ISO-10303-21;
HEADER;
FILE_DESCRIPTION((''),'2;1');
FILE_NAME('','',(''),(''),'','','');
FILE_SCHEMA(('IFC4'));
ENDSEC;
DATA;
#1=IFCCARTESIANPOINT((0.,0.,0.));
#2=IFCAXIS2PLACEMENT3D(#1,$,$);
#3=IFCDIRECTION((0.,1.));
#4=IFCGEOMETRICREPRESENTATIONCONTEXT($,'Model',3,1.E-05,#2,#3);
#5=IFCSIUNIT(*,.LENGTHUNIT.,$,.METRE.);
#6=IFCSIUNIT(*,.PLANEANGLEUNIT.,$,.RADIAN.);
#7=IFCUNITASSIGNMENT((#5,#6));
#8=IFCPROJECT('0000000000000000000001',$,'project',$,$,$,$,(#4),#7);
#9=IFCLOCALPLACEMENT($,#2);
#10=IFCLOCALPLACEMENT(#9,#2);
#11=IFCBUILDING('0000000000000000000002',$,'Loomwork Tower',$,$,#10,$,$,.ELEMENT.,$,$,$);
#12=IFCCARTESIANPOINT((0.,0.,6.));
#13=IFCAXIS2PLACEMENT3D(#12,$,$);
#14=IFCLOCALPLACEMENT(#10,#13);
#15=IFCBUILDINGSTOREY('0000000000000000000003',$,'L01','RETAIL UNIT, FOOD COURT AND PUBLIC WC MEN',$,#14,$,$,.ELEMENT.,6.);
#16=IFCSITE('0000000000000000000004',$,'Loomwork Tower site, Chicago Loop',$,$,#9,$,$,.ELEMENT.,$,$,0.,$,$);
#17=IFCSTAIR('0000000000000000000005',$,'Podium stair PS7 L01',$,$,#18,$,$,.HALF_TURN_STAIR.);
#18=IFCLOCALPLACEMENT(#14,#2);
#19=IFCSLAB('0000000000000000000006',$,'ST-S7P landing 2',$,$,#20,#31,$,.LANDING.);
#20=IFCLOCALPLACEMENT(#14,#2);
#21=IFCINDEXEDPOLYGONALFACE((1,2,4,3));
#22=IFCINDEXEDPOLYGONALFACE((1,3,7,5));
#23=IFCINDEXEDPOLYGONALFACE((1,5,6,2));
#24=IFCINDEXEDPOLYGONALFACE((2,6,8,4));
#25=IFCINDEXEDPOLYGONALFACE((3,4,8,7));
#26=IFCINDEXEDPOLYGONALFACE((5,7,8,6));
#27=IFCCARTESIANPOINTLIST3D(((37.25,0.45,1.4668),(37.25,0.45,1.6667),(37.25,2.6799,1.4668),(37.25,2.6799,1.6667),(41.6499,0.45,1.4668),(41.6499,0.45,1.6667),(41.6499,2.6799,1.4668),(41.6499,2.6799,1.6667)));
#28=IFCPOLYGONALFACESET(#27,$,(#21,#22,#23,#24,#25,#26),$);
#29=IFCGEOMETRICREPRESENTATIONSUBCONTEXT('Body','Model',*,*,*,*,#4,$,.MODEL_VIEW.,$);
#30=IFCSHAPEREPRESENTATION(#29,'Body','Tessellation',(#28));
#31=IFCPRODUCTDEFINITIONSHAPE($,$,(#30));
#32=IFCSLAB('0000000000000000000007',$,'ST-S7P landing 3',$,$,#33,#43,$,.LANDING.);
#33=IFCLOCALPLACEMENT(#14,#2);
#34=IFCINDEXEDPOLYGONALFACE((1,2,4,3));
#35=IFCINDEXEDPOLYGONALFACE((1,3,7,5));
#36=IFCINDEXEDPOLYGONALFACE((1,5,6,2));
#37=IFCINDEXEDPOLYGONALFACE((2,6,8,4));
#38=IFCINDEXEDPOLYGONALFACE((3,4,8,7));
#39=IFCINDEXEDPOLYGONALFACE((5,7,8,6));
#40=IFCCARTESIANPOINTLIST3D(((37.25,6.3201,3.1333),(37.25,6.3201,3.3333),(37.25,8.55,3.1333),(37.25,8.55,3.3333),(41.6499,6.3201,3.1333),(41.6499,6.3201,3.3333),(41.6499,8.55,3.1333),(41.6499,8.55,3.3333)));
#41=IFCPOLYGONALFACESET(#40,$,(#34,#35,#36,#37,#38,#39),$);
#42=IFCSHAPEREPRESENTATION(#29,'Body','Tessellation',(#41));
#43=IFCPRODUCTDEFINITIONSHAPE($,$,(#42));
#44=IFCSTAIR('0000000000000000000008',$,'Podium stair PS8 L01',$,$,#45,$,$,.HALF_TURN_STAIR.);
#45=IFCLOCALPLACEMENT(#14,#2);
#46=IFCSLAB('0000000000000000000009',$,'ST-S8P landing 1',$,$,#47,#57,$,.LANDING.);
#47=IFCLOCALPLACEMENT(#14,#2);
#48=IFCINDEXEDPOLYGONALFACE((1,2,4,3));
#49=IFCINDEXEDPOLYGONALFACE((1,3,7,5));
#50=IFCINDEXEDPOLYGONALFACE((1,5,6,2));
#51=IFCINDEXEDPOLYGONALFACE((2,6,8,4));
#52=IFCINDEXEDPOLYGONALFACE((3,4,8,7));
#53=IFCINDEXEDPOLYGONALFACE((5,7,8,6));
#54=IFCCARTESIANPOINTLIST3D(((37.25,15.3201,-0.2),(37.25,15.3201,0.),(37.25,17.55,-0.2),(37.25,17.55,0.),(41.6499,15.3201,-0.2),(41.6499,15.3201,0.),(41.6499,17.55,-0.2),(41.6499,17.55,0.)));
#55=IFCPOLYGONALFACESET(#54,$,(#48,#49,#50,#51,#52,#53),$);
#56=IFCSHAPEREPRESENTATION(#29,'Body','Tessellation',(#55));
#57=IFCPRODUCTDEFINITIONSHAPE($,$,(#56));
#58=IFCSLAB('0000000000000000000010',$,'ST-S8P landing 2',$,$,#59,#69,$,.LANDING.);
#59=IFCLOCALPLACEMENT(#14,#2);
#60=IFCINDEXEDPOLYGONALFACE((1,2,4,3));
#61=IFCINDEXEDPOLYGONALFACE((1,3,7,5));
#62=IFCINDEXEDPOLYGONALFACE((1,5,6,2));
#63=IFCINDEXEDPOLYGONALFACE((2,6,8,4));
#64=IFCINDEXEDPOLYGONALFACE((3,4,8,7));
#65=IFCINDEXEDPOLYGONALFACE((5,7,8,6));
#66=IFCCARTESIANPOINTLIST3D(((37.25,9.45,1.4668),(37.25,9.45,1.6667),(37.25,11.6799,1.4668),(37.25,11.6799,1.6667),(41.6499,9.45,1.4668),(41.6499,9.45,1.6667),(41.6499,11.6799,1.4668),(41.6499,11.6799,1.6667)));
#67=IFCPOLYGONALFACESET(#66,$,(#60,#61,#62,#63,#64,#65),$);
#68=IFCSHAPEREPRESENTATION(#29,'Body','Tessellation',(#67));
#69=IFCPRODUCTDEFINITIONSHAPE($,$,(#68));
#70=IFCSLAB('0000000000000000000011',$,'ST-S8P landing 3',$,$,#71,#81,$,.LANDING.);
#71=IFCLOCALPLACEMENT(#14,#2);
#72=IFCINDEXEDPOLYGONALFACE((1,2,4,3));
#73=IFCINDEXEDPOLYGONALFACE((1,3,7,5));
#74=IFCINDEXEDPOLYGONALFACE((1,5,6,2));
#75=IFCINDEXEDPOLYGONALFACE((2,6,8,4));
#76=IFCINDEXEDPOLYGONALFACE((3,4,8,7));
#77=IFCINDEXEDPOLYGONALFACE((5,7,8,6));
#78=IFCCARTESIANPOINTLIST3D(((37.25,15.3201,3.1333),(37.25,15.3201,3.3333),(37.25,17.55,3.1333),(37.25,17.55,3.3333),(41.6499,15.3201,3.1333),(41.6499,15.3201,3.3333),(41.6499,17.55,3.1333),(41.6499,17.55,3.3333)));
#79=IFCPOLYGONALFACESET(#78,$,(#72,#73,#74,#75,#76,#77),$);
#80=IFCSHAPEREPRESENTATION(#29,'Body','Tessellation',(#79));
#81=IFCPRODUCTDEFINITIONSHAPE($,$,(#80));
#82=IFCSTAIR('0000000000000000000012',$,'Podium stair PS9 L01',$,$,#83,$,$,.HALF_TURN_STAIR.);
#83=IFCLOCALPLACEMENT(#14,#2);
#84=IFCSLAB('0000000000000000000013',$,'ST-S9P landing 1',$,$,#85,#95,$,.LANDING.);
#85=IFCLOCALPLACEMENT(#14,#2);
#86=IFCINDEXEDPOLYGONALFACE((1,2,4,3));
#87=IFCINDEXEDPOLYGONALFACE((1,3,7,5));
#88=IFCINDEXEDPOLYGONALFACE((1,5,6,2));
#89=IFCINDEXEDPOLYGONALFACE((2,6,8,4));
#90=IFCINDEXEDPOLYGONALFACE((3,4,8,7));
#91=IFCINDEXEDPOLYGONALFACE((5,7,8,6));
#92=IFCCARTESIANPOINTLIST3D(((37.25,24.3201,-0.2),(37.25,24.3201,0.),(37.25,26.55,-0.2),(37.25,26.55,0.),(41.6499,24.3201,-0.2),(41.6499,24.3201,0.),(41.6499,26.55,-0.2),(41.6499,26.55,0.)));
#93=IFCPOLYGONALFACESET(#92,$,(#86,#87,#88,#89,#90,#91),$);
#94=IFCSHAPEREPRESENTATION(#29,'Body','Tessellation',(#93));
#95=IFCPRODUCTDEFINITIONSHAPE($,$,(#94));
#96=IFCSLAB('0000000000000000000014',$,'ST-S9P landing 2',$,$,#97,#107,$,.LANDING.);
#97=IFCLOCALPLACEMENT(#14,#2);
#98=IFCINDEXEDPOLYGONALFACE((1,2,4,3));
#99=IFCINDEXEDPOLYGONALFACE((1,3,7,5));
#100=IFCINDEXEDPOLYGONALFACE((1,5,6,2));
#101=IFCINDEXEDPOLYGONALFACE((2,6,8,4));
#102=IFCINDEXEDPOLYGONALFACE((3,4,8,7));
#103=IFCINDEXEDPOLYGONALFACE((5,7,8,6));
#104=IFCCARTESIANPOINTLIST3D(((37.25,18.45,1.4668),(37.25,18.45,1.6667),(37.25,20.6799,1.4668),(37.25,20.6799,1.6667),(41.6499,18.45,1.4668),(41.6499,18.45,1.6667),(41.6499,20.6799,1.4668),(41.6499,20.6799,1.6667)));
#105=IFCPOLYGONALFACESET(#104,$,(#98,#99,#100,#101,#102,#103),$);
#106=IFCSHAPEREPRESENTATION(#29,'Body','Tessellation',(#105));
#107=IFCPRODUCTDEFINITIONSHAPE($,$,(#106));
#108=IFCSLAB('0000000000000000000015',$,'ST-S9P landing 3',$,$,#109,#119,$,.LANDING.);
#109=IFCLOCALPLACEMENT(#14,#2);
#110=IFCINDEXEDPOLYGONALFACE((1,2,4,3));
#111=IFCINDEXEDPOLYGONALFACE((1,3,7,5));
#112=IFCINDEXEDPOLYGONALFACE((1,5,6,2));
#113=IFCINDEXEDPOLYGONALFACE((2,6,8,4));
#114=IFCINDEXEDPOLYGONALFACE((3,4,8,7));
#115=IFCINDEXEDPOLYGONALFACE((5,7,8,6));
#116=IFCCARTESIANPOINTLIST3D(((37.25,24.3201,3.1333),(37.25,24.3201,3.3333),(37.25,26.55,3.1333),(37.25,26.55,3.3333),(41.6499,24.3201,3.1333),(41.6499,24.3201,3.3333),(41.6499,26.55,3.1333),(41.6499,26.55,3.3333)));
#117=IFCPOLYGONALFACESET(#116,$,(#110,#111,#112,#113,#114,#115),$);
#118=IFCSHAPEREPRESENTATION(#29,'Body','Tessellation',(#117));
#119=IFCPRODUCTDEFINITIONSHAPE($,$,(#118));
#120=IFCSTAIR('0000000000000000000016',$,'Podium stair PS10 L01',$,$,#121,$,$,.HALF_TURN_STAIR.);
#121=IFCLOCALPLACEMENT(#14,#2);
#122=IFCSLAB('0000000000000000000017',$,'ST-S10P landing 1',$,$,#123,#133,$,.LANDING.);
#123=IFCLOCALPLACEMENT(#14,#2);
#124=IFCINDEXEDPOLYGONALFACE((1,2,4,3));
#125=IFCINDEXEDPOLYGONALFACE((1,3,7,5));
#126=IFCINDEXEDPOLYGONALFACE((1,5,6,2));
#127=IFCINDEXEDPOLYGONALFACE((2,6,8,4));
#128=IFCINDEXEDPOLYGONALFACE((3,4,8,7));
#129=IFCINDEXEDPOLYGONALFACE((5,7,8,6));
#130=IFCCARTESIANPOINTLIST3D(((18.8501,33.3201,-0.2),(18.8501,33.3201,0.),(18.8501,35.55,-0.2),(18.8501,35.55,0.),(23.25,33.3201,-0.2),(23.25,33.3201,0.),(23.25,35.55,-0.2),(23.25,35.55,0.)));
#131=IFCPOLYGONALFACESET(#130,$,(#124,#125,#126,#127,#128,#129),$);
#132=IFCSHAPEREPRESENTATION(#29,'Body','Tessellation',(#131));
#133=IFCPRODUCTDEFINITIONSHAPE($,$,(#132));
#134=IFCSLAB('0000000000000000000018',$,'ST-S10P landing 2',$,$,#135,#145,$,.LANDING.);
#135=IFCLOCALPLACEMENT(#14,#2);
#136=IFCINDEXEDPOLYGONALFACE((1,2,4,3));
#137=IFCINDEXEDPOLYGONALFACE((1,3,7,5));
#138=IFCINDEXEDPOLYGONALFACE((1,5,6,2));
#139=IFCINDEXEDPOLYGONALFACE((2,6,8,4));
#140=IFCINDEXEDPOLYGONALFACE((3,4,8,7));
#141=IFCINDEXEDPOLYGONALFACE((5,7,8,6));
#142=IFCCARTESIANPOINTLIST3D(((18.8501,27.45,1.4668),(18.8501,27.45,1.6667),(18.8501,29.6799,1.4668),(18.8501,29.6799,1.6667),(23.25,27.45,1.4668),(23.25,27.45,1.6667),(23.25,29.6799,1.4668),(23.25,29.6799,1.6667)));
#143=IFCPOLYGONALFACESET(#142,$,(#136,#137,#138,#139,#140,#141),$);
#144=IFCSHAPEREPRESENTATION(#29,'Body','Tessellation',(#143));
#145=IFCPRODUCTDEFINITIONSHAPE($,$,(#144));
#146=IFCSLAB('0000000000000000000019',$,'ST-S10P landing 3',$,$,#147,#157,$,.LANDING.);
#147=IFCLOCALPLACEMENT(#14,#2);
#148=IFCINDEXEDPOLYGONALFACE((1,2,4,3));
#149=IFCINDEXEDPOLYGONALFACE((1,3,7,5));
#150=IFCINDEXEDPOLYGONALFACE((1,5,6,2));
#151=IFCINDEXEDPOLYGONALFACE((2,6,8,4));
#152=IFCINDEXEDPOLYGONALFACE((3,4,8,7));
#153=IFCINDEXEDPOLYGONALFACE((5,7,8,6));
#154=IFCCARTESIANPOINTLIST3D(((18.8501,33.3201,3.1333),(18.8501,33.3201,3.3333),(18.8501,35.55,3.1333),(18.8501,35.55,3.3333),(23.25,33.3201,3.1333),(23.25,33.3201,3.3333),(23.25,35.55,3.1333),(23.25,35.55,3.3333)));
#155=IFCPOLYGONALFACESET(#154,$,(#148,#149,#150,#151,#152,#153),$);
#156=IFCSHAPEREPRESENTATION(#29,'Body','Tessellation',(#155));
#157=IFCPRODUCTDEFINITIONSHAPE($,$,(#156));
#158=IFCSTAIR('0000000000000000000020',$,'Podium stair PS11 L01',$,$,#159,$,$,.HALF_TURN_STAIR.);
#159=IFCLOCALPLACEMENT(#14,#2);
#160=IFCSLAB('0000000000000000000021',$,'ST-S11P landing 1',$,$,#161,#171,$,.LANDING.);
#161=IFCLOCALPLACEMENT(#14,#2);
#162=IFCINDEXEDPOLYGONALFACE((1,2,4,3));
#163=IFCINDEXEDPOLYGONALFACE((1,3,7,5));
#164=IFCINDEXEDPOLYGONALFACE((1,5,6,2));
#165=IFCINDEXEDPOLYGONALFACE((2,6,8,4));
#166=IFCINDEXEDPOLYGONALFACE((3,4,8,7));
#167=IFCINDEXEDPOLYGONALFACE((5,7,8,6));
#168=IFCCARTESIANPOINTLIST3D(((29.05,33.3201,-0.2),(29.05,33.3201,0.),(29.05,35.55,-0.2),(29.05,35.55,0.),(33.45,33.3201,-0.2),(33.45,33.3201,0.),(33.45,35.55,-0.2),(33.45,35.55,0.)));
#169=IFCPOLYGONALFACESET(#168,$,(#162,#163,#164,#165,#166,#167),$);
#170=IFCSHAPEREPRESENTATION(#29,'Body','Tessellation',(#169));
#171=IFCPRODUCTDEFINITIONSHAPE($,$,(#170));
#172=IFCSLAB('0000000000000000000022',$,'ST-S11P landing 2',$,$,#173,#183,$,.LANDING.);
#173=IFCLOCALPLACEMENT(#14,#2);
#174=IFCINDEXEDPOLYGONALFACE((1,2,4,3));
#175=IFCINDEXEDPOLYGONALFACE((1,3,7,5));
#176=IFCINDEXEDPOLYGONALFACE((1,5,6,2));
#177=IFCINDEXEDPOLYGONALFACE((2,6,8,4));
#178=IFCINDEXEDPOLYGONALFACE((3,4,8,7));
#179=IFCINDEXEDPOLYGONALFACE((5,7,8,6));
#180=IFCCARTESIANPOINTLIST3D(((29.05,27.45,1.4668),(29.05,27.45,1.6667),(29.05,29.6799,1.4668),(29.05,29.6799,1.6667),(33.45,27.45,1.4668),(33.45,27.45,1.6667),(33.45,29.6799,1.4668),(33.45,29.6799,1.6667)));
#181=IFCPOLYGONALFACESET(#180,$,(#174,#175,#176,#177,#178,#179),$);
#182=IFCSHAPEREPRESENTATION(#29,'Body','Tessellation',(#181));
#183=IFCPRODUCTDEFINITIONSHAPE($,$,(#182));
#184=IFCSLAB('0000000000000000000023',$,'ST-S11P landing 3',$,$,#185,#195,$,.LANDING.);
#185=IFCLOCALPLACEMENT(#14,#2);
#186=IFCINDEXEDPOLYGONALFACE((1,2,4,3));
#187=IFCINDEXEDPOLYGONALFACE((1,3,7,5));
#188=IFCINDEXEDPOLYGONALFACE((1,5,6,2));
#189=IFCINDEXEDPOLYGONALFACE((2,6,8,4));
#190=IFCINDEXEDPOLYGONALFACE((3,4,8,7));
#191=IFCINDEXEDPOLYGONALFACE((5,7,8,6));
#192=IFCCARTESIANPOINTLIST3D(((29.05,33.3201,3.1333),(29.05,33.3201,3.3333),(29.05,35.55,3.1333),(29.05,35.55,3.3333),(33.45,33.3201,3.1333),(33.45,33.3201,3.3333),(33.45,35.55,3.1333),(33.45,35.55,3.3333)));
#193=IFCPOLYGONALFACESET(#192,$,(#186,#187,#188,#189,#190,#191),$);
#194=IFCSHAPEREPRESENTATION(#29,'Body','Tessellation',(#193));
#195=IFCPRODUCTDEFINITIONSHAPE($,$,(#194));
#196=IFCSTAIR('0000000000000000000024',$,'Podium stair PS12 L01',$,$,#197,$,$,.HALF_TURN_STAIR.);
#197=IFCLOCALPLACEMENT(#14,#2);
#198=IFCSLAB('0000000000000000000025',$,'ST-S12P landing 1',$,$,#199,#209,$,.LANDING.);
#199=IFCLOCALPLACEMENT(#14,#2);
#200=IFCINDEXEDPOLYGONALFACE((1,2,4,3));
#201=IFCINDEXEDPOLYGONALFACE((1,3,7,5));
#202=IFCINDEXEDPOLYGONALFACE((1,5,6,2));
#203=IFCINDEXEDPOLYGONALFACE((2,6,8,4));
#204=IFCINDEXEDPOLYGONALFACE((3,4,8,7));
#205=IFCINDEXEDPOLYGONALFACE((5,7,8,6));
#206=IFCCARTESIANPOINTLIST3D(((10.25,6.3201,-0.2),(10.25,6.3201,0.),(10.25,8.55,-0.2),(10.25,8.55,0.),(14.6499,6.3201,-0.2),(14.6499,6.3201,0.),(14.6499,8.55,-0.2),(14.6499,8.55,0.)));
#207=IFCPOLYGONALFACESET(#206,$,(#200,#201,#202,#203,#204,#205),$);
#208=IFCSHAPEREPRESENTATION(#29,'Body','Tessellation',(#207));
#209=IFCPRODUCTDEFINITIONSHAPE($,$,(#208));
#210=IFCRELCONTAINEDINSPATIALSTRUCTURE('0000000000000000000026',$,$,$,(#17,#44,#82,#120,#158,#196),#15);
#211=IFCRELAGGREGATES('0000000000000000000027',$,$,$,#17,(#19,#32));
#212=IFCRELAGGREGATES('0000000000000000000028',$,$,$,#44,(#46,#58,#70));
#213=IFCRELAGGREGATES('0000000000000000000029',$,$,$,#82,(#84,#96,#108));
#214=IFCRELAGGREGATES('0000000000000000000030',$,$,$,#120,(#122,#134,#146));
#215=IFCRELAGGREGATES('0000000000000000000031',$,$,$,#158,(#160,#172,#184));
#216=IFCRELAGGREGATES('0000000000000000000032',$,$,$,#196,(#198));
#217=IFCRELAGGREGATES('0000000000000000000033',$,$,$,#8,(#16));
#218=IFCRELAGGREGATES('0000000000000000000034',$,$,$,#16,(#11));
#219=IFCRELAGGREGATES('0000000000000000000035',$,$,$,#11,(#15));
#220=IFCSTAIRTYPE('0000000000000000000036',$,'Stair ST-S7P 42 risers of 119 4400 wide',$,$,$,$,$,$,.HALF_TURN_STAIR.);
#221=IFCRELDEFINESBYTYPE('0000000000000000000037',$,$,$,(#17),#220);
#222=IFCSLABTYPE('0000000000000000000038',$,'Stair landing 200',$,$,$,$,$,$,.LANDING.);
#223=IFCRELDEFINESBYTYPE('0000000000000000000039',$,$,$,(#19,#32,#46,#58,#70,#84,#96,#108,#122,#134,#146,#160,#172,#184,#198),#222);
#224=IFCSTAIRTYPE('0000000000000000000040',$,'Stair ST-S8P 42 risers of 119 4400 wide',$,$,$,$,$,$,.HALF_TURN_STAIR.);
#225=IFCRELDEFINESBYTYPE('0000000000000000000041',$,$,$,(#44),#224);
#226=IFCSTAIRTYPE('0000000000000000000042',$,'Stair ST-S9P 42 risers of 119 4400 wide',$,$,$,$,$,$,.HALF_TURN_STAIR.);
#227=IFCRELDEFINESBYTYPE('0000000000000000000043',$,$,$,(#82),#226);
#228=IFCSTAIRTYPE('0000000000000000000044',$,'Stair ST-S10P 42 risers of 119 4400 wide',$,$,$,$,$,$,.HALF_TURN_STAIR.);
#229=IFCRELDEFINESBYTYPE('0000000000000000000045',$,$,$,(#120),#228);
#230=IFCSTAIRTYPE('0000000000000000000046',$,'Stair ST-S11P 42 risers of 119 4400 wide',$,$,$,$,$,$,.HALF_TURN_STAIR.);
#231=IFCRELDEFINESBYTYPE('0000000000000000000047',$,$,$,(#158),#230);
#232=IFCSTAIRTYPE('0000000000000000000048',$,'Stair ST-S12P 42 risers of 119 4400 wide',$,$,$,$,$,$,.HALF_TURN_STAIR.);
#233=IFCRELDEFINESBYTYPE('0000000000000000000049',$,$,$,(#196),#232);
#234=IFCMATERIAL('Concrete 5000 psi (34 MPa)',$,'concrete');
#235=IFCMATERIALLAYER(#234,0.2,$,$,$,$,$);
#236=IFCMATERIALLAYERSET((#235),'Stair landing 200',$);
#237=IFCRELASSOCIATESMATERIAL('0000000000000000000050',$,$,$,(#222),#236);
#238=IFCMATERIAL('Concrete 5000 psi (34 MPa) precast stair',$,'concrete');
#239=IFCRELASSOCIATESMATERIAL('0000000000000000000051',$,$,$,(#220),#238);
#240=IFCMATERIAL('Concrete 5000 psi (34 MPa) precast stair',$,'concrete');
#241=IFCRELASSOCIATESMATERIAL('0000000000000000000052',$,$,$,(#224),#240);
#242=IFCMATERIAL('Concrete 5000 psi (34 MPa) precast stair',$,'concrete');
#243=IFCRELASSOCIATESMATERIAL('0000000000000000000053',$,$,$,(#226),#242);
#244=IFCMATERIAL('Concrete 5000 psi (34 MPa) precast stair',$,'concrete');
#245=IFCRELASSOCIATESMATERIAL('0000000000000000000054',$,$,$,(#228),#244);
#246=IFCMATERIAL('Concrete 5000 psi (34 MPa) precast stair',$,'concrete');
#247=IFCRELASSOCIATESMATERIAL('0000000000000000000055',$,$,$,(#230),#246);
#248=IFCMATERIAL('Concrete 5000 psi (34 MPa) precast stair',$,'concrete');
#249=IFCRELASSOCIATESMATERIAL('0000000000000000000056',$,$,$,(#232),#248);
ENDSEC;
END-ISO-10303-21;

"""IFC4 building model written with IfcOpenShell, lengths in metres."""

from ifc_helpers import new_model, si_unit, direction, frame, origin, place, context, subcontext, project, spatial, polyline, outline, extrude, material, layer, layer_set, type_object, element, aggregate, save


model = new_model("IFC4")

# Units and contexts
model_context = context("Model", 3, precision=1e-05, world=origin(), true_north=direction((0.0, 1.0)))
body_context = subcontext(model_context, "Body", "Model", "MODEL_VIEW")
ifc_project = project(units=[si_unit("LENGTHUNIT", "METRE"), si_unit("PLANEANGLEUNIT", "RADIAN")], contexts=[model_context])

# Site, building, storey
site_placement = place(None, origin())
site = spatial("IfcSite", under=ifc_project, at=site_placement, Name="Loomwork Tower site, Chicago Loop", CompositionType="ELEMENT", RefElevation=0.0)
building_placement = place(site_placement, origin())
building = spatial("IfcBuilding", under=site, at=building_placement, Name="Loomwork Tower", CompositionType="ELEMENT")
storey_placement = place(building_placement, frame((0.0, 0.0, 6.0)))
storey = spatial("IfcBuildingStorey", under=building, at=storey_placement, Name="L01", Description="RETAIL UNIT, FOOD COURT AND PUBLIC WC MEN", CompositionType="ELEMENT", Elevation=6.0)

# Stairs, slabs
ifc_material_1 = material(Name="Concrete 5000 psi (34 MPa)", Category="concrete")
ifc_layer_1 = layer(ifc_material_1, 0.2)
ifc_layer_set_1 = layer_set([ifc_layer_1], Name="Stair landing 200")
slab_type = type_object("IfcSlabType", Name="Stair landing 200", PredefinedType="LANDING", material=ifc_layer_set_1)
ifc_material_2 = material(Name="Concrete 5000 psi (34 MPa) precast stair", Category="concrete")
stair_type_1 = type_object("IfcStairType", Name="Stair ST-S7P 42 risers of 119 4400 wide", PredefinedType="HALF_TURN_STAIR", material=ifc_material_2)
stair_1_placement = place(storey_placement, origin())
stair_1 = element("IfcStair", 1, at=stair_1_placement, inside=storey, type_object=stair_type_1, Name="Podium stair PS7 L01", PredefinedType="HALF_TURN_STAIR")
slab_1_placement = place(storey_placement, frame((0.0, 0.0, 1.4668)))
slab_1 = element("IfcSlab", 2, at=slab_1_placement, type_object=slab_type, Name="ST-S7P landing 2", PredefinedType="LANDING", context=body_context, shape_type="SweptSolid", body=[
    extrude(outline(polyline([(37.25, 0.45), (41.6499, 0.45), (41.6499, 2.6799), (37.25, 2.6799), (37.25, 0.45)])), origin(), (0.0, 0.0, 1.0), 0.2),
])
slab_2_placement = place(storey_placement, frame((0.0, 0.0, 3.1333)))
slab_2 = element("IfcSlab", 3, at=slab_2_placement, type_object=slab_type, Name="ST-S7P landing 3", PredefinedType="LANDING", context=body_context, shape_type="SweptSolid", body=[
    extrude(outline(polyline([(37.25, 6.3201), (41.6499, 6.3201), (41.6499, 8.55), (37.25, 8.55), (37.25, 6.3201)])), origin(), (0.0, 0.0, 1.0), 0.2),
])
aggregate(stair_1, [slab_1, slab_2])
ifc_material_3 = material(Name="Concrete 5000 psi (34 MPa) precast stair", Category="concrete")
stair_type_2 = type_object("IfcStairType", Name="Stair ST-S8P 42 risers of 119 4400 wide", PredefinedType="HALF_TURN_STAIR", material=ifc_material_3)
stair_2_placement = place(storey_placement, origin())
stair_2 = element("IfcStair", 4, at=stair_2_placement, inside=storey, type_object=stair_type_2, Name="Podium stair PS8 L01", PredefinedType="HALF_TURN_STAIR")
slab_3_placement = place(storey_placement, frame((0.0, 0.0, -0.2)))
slab_3 = element("IfcSlab", 5, at=slab_3_placement, type_object=slab_type, Name="ST-S8P landing 1", PredefinedType="LANDING", context=body_context, shape_type="SweptSolid", body=[
    extrude(outline(polyline([(37.25, 15.3201), (41.6499, 15.3201), (41.6499, 17.55), (37.25, 17.55), (37.25, 15.3201)])), origin(), (0.0, 0.0, 1.0), 0.2),
])
slab_4_placement = place(storey_placement, frame((0.0, 0.0, 1.4668)))
slab_4 = element("IfcSlab", 6, at=slab_4_placement, type_object=slab_type, Name="ST-S8P landing 2", PredefinedType="LANDING", context=body_context, shape_type="SweptSolid", body=[
    extrude(outline(polyline([(37.25, 9.45), (41.6499, 9.45), (41.6499, 11.6799), (37.25, 11.6799), (37.25, 9.45)])), origin(), (0.0, 0.0, 1.0), 0.2),
])
slab_5_placement = place(storey_placement, frame((0.0, 0.0, 3.1333)))
slab_5 = element("IfcSlab", 7, at=slab_5_placement, type_object=slab_type, Name="ST-S8P landing 3", PredefinedType="LANDING", context=body_context, shape_type="SweptSolid", body=[
    extrude(outline(polyline([(37.25, 15.3201), (41.6499, 15.3201), (41.6499, 17.55), (37.25, 17.55), (37.25, 15.3201)])), origin(), (0.0, 0.0, 1.0), 0.2),
])
aggregate(stair_2, [slab_3, slab_4, slab_5])
ifc_material_4 = material(Name="Concrete 5000 psi (34 MPa) precast stair", Category="concrete")
stair_type_3 = type_object("IfcStairType", Name="Stair ST-S9P 42 risers of 119 4400 wide", PredefinedType="HALF_TURN_STAIR", material=ifc_material_4)
stair_3_placement = place(storey_placement, origin())
stair_3 = element("IfcStair", 8, at=stair_3_placement, inside=storey, type_object=stair_type_3, Name="Podium stair PS9 L01", PredefinedType="HALF_TURN_STAIR")
slab_6_placement = place(storey_placement, frame((0.0, 0.0, -0.2)))
slab_6 = element("IfcSlab", 9, at=slab_6_placement, type_object=slab_type, Name="ST-S9P landing 1", PredefinedType="LANDING", context=body_context, shape_type="SweptSolid", body=[
    extrude(outline(polyline([(37.25, 24.3201), (41.6499, 24.3201), (41.6499, 26.55), (37.25, 26.55), (37.25, 24.3201)])), origin(), (0.0, 0.0, 1.0), 0.2),
])
slab_7_placement = place(storey_placement, frame((0.0, 0.0, 1.4668)))
slab_7 = element("IfcSlab", 10, at=slab_7_placement, type_object=slab_type, Name="ST-S9P landing 2", PredefinedType="LANDING", context=body_context, shape_type="SweptSolid", body=[
    extrude(outline(polyline([(37.25, 18.45), (41.6499, 18.45), (41.6499, 20.6799), (37.25, 20.6799), (37.25, 18.45)])), origin(), (0.0, 0.0, 1.0), 0.2),
])
slab_8_placement = place(storey_placement, frame((0.0, 0.0, 3.1333)))
slab_8 = element("IfcSlab", 11, at=slab_8_placement, type_object=slab_type, Name="ST-S9P landing 3", PredefinedType="LANDING", context=body_context, shape_type="SweptSolid", body=[
    extrude(outline(polyline([(37.25, 24.3201), (41.6499, 24.3201), (41.6499, 26.55), (37.25, 26.55), (37.25, 24.3201)])), origin(), (0.0, 0.0, 1.0), 0.2),
])
aggregate(stair_3, [slab_6, slab_7, slab_8])
ifc_material_5 = material(Name="Concrete 5000 psi (34 MPa) precast stair", Category="concrete")
stair_type_4 = type_object("IfcStairType", Name="Stair ST-S10P 42 risers of 119 4400 wide", PredefinedType="HALF_TURN_STAIR", material=ifc_material_5)
stair_4_placement = place(storey_placement, origin())
stair_4 = element("IfcStair", 12, at=stair_4_placement, inside=storey, type_object=stair_type_4, Name="Podium stair PS10 L01", PredefinedType="HALF_TURN_STAIR")
slab_9_placement = place(storey_placement, frame((0.0, 0.0, -0.2)))
slab_9 = element("IfcSlab", 13, at=slab_9_placement, type_object=slab_type, Name="ST-S10P landing 1", PredefinedType="LANDING", context=body_context, shape_type="SweptSolid", body=[
    extrude(outline(polyline([(18.8501, 33.3201), (23.25, 33.3201), (23.25, 35.55), (18.8501, 35.55), (18.8501, 33.3201)])), origin(), (0.0, 0.0, 1.0), 0.2),
])
slab_10_placement = place(storey_placement, frame((0.0, 0.0, 1.4668)))
slab_10 = element("IfcSlab", 14, at=slab_10_placement, type_object=slab_type, Name="ST-S10P landing 2", PredefinedType="LANDING", context=body_context, shape_type="SweptSolid", body=[
    extrude(outline(polyline([(18.8501, 27.45), (23.25, 27.45), (23.25, 29.6799), (18.8501, 29.6799), (18.8501, 27.45)])), origin(), (0.0, 0.0, 1.0), 0.2),
])
slab_11_placement = place(storey_placement, frame((0.0, 0.0, 3.1333)))
slab_11 = element("IfcSlab", 15, at=slab_11_placement, type_object=slab_type, Name="ST-S10P landing 3", PredefinedType="LANDING", context=body_context, shape_type="SweptSolid", body=[
    extrude(outline(polyline([(18.8501, 33.3201), (23.25, 33.3201), (23.25, 35.55), (18.8501, 35.55), (18.8501, 33.3201)])), origin(), (0.0, 0.0, 1.0), 0.2),
])
aggregate(stair_4, [slab_9, slab_10, slab_11])
ifc_material_6 = material(Name="Concrete 5000 psi (34 MPa) precast stair", Category="concrete")
stair_type_5 = type_object("IfcStairType", Name="Stair ST-S11P 42 risers of 119 4400 wide", PredefinedType="HALF_TURN_STAIR", material=ifc_material_6)
stair_5_placement = place(storey_placement, origin())
stair_5 = element("IfcStair", 16, at=stair_5_placement, inside=storey, type_object=stair_type_5, Name="Podium stair PS11 L01", PredefinedType="HALF_TURN_STAIR")
slab_12_placement = place(storey_placement, frame((0.0, 0.0, -0.2)))
slab_12 = element("IfcSlab", 17, at=slab_12_placement, type_object=slab_type, Name="ST-S11P landing 1", PredefinedType="LANDING", context=body_context, shape_type="SweptSolid", body=[
    extrude(outline(polyline([(29.05, 33.3201), (33.45, 33.3201), (33.45, 35.55), (29.05, 35.55), (29.05, 33.3201)])), origin(), (0.0, 0.0, 1.0), 0.2),
])
slab_13_placement = place(storey_placement, frame((0.0, 0.0, 1.4668)))
slab_13 = element("IfcSlab", 18, at=slab_13_placement, type_object=slab_type, Name="ST-S11P landing 2", PredefinedType="LANDING", context=body_context, shape_type="SweptSolid", body=[
    extrude(outline(polyline([(29.05, 27.45), (33.45, 27.45), (33.45, 29.6799), (29.05, 29.6799), (29.05, 27.45)])), origin(), (0.0, 0.0, 1.0), 0.2),
])
slab_14_placement = place(storey_placement, frame((0.0, 0.0, 3.1333)))
slab_14 = element("IfcSlab", 19, at=slab_14_placement, type_object=slab_type, Name="ST-S11P landing 3", PredefinedType="LANDING", context=body_context, shape_type="SweptSolid", body=[
    extrude(outline(polyline([(29.05, 33.3201), (33.45, 33.3201), (33.45, 35.55), (29.05, 35.55), (29.05, 33.3201)])), origin(), (0.0, 0.0, 1.0), 0.2),
])
aggregate(stair_5, [slab_12, slab_13, slab_14])
ifc_material_7 = material(Name="Concrete 5000 psi (34 MPa) precast stair", Category="concrete")
stair_type_6 = type_object("IfcStairType", Name="Stair ST-S12P 42 risers of 119 4400 wide", PredefinedType="HALF_TURN_STAIR", material=ifc_material_7)
stair_6_placement = place(storey_placement, origin())
stair_6 = element("IfcStair", 20, at=stair_6_placement, inside=storey, type_object=stair_type_6, Name="Podium stair PS12 L01", PredefinedType="HALF_TURN_STAIR")
slab_15_placement = place(storey_placement, frame((0.0, 0.0, -0.2)))
slab_15 = element("IfcSlab", 21, at=slab_15_placement, type_object=slab_type, Name="ST-S12P landing 1", PredefinedType="LANDING", context=body_context, shape_type="SweptSolid", body=[
    extrude(outline(polyline([(10.25, 6.3201), (14.6499, 6.3201), (14.6499, 8.55), (10.25, 8.55), (10.25, 6.3201)])), origin(), (0.0, 0.0, 1.0), 0.2),
])

aggregate(stair_6, [slab_15])

save(model, "model.ifc")
